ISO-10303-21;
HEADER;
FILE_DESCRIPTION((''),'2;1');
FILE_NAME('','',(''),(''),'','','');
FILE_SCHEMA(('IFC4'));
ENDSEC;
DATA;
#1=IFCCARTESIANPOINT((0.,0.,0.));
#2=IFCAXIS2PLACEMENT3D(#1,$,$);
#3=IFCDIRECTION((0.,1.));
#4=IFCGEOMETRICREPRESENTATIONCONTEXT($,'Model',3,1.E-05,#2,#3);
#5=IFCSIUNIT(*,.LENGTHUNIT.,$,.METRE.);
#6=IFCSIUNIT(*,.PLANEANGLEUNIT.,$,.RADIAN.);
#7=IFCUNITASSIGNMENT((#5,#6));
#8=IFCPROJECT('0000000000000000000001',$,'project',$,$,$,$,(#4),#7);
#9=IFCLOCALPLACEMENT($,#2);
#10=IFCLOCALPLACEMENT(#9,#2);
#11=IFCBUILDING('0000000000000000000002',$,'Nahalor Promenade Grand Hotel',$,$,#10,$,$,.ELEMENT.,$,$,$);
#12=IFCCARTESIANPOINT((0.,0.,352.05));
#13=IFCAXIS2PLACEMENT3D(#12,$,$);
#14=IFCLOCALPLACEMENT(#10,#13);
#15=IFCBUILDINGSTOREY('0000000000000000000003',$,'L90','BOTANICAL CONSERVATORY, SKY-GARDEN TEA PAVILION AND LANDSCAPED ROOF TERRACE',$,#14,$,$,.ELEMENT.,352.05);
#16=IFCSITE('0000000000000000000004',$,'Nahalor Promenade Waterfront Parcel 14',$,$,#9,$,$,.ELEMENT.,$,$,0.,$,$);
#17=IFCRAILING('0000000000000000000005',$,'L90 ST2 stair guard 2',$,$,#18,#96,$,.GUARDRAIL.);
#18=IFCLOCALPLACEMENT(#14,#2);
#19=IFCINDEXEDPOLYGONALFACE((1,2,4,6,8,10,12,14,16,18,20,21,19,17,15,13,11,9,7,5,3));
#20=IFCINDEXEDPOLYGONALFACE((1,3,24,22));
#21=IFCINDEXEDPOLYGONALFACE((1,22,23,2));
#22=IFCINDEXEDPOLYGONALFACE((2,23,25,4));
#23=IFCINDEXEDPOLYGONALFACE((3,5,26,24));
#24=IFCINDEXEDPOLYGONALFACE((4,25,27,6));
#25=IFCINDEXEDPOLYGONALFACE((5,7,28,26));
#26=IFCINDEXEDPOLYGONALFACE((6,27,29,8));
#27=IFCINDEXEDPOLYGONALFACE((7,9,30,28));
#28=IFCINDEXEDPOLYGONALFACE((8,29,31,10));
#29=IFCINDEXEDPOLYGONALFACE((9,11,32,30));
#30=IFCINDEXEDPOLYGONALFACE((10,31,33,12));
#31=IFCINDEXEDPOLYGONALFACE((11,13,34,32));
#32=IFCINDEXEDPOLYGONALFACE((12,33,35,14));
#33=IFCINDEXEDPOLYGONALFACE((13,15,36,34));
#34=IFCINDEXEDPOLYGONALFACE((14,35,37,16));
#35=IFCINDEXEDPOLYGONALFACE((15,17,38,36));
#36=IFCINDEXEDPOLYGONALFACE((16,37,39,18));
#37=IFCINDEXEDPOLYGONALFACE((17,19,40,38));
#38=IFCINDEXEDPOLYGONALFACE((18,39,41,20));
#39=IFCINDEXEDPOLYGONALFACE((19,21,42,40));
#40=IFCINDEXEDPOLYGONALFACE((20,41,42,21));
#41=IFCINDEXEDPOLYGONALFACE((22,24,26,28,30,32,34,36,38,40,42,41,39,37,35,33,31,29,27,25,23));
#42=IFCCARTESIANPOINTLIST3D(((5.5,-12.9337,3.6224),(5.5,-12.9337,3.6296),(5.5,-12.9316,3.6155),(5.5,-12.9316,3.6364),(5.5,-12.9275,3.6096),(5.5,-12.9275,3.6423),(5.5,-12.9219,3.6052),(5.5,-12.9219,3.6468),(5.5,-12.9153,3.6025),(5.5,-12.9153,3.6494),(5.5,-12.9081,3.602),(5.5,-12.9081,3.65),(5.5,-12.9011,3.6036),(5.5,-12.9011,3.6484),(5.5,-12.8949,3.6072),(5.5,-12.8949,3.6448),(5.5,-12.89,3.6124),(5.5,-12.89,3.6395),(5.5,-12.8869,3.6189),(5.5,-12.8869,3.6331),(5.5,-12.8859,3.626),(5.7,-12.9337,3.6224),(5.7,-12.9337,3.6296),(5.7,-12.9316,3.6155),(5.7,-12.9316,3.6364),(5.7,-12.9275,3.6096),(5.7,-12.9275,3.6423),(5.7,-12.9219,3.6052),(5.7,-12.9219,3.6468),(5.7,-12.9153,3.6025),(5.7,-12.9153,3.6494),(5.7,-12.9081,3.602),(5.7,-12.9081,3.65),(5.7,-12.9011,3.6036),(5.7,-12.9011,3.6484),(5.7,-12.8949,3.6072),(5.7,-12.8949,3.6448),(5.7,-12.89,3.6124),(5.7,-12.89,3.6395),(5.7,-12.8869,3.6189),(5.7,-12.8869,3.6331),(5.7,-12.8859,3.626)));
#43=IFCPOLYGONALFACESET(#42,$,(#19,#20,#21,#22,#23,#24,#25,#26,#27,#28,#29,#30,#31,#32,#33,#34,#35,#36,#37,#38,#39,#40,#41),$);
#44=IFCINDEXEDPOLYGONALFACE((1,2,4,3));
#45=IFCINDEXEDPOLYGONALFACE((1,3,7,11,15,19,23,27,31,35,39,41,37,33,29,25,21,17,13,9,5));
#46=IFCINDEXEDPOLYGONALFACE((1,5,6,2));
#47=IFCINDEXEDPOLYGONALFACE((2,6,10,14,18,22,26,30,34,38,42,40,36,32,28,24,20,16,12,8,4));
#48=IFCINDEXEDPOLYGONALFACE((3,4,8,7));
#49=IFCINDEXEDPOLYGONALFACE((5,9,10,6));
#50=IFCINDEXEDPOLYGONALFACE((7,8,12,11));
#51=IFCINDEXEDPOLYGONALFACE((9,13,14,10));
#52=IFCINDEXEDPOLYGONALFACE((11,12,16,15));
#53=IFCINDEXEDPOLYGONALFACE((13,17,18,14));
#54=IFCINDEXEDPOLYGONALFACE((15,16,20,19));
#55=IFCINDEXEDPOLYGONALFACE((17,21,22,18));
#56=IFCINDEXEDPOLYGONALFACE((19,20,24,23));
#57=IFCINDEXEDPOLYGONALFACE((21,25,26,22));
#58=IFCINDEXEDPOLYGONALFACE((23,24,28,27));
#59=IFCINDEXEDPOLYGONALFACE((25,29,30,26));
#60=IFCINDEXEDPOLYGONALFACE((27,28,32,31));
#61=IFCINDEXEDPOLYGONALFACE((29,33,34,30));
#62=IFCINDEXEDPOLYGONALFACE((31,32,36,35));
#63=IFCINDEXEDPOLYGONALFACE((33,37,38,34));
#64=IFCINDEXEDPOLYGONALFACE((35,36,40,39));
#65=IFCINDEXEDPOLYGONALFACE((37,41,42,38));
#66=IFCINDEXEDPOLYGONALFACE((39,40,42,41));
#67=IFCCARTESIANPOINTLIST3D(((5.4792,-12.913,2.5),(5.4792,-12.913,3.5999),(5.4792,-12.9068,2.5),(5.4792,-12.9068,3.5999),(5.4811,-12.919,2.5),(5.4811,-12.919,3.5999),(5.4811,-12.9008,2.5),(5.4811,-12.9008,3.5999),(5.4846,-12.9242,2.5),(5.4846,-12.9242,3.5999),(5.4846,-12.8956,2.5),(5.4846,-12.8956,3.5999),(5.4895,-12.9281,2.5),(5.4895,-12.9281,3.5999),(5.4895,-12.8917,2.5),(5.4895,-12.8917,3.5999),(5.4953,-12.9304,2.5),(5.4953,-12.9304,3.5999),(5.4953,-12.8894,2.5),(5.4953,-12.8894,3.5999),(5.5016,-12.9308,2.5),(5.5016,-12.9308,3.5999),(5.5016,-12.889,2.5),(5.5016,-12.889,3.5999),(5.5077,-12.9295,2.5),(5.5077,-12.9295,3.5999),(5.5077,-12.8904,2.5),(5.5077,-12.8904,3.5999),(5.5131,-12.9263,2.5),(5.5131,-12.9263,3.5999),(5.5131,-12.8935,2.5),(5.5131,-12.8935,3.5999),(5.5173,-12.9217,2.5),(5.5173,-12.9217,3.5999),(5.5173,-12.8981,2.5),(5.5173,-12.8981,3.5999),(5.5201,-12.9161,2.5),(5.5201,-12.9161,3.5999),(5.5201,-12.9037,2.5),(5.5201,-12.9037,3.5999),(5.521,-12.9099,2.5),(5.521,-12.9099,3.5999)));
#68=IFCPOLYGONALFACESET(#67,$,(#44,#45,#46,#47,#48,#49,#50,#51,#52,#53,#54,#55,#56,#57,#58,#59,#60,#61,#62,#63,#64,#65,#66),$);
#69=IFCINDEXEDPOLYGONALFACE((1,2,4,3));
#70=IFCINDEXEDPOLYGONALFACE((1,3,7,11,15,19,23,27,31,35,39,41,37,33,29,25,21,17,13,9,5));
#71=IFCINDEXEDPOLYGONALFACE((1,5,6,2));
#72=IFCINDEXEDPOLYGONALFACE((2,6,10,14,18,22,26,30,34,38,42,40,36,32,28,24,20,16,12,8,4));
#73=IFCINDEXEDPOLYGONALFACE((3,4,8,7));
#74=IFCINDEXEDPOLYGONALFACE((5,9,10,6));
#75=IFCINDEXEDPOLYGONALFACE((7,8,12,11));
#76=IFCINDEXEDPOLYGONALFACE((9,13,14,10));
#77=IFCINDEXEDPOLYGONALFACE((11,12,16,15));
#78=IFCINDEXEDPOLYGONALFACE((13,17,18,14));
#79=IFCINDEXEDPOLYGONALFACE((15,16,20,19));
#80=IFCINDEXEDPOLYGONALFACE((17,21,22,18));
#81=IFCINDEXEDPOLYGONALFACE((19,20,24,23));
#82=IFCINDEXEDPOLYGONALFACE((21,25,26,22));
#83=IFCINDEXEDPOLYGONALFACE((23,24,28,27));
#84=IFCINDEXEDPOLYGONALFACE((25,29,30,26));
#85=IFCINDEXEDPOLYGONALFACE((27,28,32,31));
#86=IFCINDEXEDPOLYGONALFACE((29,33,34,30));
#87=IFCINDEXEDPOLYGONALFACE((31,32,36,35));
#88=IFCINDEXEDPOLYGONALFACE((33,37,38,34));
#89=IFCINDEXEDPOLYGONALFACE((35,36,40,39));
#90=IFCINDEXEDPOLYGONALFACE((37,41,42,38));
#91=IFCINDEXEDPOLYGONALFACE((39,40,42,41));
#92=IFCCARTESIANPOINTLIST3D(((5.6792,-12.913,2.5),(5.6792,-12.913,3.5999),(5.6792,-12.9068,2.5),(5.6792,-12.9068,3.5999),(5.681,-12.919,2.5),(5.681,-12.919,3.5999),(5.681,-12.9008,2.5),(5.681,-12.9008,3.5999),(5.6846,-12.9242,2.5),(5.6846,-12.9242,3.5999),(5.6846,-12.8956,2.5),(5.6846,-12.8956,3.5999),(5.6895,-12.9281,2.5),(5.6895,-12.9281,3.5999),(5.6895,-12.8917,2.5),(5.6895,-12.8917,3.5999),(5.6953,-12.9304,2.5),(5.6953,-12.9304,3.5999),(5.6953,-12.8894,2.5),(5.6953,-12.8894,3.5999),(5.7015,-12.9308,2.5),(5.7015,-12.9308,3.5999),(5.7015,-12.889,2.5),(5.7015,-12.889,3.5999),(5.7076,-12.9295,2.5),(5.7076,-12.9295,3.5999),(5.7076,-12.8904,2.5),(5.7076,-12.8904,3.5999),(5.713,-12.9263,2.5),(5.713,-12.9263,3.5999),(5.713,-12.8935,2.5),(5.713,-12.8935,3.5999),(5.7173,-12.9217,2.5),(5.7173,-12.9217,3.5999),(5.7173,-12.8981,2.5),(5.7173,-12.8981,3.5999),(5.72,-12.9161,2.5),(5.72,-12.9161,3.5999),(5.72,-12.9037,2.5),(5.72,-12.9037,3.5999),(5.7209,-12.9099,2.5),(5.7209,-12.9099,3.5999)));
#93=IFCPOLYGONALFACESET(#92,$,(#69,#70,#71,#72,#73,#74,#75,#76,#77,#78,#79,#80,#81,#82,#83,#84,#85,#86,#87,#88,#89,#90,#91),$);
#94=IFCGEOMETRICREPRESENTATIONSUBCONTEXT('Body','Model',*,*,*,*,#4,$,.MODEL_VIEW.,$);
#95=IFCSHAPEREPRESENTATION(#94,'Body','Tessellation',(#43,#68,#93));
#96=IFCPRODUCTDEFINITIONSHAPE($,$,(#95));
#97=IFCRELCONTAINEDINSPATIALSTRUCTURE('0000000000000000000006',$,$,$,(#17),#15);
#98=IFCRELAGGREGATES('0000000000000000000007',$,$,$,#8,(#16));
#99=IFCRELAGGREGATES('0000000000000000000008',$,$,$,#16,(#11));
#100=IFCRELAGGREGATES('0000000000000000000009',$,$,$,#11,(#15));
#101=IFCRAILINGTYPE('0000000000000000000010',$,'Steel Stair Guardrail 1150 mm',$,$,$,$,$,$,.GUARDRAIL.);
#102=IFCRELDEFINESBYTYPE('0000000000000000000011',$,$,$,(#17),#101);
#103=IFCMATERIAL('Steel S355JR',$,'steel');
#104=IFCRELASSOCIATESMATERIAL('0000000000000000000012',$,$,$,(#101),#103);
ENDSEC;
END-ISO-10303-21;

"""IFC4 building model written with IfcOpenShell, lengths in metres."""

from ifc_helpers import new_model, si_unit, direction, frame, origin, origin_2d, place, context, subcontext, project, spatial, circle, extrude, material, type_object, element, save


model = new_model("IFC4")

# Units and contexts
model_context = context("Model", 3, precision=1e-05, world=origin(), true_north=direction((0.0, 1.0)))
body_context = subcontext(model_context, "Body", "Model", "MODEL_VIEW")
ifc_project = project(units=[si_unit("LENGTHUNIT", "METRE"), si_unit("PLANEANGLEUNIT", "RADIAN")], contexts=[model_context])

# Site, building, storey
site_placement = place(None, origin())
site = spatial("IfcSite", under=ifc_project, at=site_placement, Name="Nahalor Promenade Waterfront Parcel 14", CompositionType="ELEMENT", RefElevation=0.0)
building_placement = place(site_placement, origin())
building = spatial("IfcBuilding", under=site, at=building_placement, Name="Nahalor Promenade Grand Hotel", CompositionType="ELEMENT")
storey_placement = place(building_placement, frame((0.0, 0.0, 352.05)))
storey = spatial("IfcBuildingStorey", under=building, at=storey_placement, Name="L90", Description="BOTANICAL CONSERVATORY, SKY-GARDEN TEA PAVILION AND LANDSCAPED ROOF TERRACE", CompositionType="ELEMENT", Elevation=352.05)

# Shared definitions
ifc_material_1 = material(Name="Steel S355JR", Category="steel")

# Railing
railing_type_1 = type_object("IfcRailingType", Name="Steel Stair Guardrail 1150 mm", PredefinedType="GUARDRAIL", material=ifc_material_1)
railing_1_placement = place(storey_placement, frame((5.5, -12.9099, 2.5)))
element("IfcRailing", 1, at=railing_1_placement, inside=storey, type_object=railing_type_1, Name="L90 ST2 stair guard 2", PredefinedType="GUARDRAIL", context=body_context, shape_type="SweptSolid", body=[
    extrude(circle(Radius=0.024, at=origin_2d()), frame((0.0, 0.0, 1.126), z_axis=(1.0, 0.0, 0.0), x_axis=(0.0, 1.0, 0.0)), (0.0, 0.0, 1.0), 0.2),
    extrude(circle(Radius=0.021, at=origin_2d()), origin(), (0.0, 0.0, 1.0), 1.0999),
    extrude(circle(Radius=0.021, at=origin_2d()), frame((0.2, 0.0, 0.0)), (0.0, 0.0, 1.0), 1.0999),
])

save(model, "model.ifc")
